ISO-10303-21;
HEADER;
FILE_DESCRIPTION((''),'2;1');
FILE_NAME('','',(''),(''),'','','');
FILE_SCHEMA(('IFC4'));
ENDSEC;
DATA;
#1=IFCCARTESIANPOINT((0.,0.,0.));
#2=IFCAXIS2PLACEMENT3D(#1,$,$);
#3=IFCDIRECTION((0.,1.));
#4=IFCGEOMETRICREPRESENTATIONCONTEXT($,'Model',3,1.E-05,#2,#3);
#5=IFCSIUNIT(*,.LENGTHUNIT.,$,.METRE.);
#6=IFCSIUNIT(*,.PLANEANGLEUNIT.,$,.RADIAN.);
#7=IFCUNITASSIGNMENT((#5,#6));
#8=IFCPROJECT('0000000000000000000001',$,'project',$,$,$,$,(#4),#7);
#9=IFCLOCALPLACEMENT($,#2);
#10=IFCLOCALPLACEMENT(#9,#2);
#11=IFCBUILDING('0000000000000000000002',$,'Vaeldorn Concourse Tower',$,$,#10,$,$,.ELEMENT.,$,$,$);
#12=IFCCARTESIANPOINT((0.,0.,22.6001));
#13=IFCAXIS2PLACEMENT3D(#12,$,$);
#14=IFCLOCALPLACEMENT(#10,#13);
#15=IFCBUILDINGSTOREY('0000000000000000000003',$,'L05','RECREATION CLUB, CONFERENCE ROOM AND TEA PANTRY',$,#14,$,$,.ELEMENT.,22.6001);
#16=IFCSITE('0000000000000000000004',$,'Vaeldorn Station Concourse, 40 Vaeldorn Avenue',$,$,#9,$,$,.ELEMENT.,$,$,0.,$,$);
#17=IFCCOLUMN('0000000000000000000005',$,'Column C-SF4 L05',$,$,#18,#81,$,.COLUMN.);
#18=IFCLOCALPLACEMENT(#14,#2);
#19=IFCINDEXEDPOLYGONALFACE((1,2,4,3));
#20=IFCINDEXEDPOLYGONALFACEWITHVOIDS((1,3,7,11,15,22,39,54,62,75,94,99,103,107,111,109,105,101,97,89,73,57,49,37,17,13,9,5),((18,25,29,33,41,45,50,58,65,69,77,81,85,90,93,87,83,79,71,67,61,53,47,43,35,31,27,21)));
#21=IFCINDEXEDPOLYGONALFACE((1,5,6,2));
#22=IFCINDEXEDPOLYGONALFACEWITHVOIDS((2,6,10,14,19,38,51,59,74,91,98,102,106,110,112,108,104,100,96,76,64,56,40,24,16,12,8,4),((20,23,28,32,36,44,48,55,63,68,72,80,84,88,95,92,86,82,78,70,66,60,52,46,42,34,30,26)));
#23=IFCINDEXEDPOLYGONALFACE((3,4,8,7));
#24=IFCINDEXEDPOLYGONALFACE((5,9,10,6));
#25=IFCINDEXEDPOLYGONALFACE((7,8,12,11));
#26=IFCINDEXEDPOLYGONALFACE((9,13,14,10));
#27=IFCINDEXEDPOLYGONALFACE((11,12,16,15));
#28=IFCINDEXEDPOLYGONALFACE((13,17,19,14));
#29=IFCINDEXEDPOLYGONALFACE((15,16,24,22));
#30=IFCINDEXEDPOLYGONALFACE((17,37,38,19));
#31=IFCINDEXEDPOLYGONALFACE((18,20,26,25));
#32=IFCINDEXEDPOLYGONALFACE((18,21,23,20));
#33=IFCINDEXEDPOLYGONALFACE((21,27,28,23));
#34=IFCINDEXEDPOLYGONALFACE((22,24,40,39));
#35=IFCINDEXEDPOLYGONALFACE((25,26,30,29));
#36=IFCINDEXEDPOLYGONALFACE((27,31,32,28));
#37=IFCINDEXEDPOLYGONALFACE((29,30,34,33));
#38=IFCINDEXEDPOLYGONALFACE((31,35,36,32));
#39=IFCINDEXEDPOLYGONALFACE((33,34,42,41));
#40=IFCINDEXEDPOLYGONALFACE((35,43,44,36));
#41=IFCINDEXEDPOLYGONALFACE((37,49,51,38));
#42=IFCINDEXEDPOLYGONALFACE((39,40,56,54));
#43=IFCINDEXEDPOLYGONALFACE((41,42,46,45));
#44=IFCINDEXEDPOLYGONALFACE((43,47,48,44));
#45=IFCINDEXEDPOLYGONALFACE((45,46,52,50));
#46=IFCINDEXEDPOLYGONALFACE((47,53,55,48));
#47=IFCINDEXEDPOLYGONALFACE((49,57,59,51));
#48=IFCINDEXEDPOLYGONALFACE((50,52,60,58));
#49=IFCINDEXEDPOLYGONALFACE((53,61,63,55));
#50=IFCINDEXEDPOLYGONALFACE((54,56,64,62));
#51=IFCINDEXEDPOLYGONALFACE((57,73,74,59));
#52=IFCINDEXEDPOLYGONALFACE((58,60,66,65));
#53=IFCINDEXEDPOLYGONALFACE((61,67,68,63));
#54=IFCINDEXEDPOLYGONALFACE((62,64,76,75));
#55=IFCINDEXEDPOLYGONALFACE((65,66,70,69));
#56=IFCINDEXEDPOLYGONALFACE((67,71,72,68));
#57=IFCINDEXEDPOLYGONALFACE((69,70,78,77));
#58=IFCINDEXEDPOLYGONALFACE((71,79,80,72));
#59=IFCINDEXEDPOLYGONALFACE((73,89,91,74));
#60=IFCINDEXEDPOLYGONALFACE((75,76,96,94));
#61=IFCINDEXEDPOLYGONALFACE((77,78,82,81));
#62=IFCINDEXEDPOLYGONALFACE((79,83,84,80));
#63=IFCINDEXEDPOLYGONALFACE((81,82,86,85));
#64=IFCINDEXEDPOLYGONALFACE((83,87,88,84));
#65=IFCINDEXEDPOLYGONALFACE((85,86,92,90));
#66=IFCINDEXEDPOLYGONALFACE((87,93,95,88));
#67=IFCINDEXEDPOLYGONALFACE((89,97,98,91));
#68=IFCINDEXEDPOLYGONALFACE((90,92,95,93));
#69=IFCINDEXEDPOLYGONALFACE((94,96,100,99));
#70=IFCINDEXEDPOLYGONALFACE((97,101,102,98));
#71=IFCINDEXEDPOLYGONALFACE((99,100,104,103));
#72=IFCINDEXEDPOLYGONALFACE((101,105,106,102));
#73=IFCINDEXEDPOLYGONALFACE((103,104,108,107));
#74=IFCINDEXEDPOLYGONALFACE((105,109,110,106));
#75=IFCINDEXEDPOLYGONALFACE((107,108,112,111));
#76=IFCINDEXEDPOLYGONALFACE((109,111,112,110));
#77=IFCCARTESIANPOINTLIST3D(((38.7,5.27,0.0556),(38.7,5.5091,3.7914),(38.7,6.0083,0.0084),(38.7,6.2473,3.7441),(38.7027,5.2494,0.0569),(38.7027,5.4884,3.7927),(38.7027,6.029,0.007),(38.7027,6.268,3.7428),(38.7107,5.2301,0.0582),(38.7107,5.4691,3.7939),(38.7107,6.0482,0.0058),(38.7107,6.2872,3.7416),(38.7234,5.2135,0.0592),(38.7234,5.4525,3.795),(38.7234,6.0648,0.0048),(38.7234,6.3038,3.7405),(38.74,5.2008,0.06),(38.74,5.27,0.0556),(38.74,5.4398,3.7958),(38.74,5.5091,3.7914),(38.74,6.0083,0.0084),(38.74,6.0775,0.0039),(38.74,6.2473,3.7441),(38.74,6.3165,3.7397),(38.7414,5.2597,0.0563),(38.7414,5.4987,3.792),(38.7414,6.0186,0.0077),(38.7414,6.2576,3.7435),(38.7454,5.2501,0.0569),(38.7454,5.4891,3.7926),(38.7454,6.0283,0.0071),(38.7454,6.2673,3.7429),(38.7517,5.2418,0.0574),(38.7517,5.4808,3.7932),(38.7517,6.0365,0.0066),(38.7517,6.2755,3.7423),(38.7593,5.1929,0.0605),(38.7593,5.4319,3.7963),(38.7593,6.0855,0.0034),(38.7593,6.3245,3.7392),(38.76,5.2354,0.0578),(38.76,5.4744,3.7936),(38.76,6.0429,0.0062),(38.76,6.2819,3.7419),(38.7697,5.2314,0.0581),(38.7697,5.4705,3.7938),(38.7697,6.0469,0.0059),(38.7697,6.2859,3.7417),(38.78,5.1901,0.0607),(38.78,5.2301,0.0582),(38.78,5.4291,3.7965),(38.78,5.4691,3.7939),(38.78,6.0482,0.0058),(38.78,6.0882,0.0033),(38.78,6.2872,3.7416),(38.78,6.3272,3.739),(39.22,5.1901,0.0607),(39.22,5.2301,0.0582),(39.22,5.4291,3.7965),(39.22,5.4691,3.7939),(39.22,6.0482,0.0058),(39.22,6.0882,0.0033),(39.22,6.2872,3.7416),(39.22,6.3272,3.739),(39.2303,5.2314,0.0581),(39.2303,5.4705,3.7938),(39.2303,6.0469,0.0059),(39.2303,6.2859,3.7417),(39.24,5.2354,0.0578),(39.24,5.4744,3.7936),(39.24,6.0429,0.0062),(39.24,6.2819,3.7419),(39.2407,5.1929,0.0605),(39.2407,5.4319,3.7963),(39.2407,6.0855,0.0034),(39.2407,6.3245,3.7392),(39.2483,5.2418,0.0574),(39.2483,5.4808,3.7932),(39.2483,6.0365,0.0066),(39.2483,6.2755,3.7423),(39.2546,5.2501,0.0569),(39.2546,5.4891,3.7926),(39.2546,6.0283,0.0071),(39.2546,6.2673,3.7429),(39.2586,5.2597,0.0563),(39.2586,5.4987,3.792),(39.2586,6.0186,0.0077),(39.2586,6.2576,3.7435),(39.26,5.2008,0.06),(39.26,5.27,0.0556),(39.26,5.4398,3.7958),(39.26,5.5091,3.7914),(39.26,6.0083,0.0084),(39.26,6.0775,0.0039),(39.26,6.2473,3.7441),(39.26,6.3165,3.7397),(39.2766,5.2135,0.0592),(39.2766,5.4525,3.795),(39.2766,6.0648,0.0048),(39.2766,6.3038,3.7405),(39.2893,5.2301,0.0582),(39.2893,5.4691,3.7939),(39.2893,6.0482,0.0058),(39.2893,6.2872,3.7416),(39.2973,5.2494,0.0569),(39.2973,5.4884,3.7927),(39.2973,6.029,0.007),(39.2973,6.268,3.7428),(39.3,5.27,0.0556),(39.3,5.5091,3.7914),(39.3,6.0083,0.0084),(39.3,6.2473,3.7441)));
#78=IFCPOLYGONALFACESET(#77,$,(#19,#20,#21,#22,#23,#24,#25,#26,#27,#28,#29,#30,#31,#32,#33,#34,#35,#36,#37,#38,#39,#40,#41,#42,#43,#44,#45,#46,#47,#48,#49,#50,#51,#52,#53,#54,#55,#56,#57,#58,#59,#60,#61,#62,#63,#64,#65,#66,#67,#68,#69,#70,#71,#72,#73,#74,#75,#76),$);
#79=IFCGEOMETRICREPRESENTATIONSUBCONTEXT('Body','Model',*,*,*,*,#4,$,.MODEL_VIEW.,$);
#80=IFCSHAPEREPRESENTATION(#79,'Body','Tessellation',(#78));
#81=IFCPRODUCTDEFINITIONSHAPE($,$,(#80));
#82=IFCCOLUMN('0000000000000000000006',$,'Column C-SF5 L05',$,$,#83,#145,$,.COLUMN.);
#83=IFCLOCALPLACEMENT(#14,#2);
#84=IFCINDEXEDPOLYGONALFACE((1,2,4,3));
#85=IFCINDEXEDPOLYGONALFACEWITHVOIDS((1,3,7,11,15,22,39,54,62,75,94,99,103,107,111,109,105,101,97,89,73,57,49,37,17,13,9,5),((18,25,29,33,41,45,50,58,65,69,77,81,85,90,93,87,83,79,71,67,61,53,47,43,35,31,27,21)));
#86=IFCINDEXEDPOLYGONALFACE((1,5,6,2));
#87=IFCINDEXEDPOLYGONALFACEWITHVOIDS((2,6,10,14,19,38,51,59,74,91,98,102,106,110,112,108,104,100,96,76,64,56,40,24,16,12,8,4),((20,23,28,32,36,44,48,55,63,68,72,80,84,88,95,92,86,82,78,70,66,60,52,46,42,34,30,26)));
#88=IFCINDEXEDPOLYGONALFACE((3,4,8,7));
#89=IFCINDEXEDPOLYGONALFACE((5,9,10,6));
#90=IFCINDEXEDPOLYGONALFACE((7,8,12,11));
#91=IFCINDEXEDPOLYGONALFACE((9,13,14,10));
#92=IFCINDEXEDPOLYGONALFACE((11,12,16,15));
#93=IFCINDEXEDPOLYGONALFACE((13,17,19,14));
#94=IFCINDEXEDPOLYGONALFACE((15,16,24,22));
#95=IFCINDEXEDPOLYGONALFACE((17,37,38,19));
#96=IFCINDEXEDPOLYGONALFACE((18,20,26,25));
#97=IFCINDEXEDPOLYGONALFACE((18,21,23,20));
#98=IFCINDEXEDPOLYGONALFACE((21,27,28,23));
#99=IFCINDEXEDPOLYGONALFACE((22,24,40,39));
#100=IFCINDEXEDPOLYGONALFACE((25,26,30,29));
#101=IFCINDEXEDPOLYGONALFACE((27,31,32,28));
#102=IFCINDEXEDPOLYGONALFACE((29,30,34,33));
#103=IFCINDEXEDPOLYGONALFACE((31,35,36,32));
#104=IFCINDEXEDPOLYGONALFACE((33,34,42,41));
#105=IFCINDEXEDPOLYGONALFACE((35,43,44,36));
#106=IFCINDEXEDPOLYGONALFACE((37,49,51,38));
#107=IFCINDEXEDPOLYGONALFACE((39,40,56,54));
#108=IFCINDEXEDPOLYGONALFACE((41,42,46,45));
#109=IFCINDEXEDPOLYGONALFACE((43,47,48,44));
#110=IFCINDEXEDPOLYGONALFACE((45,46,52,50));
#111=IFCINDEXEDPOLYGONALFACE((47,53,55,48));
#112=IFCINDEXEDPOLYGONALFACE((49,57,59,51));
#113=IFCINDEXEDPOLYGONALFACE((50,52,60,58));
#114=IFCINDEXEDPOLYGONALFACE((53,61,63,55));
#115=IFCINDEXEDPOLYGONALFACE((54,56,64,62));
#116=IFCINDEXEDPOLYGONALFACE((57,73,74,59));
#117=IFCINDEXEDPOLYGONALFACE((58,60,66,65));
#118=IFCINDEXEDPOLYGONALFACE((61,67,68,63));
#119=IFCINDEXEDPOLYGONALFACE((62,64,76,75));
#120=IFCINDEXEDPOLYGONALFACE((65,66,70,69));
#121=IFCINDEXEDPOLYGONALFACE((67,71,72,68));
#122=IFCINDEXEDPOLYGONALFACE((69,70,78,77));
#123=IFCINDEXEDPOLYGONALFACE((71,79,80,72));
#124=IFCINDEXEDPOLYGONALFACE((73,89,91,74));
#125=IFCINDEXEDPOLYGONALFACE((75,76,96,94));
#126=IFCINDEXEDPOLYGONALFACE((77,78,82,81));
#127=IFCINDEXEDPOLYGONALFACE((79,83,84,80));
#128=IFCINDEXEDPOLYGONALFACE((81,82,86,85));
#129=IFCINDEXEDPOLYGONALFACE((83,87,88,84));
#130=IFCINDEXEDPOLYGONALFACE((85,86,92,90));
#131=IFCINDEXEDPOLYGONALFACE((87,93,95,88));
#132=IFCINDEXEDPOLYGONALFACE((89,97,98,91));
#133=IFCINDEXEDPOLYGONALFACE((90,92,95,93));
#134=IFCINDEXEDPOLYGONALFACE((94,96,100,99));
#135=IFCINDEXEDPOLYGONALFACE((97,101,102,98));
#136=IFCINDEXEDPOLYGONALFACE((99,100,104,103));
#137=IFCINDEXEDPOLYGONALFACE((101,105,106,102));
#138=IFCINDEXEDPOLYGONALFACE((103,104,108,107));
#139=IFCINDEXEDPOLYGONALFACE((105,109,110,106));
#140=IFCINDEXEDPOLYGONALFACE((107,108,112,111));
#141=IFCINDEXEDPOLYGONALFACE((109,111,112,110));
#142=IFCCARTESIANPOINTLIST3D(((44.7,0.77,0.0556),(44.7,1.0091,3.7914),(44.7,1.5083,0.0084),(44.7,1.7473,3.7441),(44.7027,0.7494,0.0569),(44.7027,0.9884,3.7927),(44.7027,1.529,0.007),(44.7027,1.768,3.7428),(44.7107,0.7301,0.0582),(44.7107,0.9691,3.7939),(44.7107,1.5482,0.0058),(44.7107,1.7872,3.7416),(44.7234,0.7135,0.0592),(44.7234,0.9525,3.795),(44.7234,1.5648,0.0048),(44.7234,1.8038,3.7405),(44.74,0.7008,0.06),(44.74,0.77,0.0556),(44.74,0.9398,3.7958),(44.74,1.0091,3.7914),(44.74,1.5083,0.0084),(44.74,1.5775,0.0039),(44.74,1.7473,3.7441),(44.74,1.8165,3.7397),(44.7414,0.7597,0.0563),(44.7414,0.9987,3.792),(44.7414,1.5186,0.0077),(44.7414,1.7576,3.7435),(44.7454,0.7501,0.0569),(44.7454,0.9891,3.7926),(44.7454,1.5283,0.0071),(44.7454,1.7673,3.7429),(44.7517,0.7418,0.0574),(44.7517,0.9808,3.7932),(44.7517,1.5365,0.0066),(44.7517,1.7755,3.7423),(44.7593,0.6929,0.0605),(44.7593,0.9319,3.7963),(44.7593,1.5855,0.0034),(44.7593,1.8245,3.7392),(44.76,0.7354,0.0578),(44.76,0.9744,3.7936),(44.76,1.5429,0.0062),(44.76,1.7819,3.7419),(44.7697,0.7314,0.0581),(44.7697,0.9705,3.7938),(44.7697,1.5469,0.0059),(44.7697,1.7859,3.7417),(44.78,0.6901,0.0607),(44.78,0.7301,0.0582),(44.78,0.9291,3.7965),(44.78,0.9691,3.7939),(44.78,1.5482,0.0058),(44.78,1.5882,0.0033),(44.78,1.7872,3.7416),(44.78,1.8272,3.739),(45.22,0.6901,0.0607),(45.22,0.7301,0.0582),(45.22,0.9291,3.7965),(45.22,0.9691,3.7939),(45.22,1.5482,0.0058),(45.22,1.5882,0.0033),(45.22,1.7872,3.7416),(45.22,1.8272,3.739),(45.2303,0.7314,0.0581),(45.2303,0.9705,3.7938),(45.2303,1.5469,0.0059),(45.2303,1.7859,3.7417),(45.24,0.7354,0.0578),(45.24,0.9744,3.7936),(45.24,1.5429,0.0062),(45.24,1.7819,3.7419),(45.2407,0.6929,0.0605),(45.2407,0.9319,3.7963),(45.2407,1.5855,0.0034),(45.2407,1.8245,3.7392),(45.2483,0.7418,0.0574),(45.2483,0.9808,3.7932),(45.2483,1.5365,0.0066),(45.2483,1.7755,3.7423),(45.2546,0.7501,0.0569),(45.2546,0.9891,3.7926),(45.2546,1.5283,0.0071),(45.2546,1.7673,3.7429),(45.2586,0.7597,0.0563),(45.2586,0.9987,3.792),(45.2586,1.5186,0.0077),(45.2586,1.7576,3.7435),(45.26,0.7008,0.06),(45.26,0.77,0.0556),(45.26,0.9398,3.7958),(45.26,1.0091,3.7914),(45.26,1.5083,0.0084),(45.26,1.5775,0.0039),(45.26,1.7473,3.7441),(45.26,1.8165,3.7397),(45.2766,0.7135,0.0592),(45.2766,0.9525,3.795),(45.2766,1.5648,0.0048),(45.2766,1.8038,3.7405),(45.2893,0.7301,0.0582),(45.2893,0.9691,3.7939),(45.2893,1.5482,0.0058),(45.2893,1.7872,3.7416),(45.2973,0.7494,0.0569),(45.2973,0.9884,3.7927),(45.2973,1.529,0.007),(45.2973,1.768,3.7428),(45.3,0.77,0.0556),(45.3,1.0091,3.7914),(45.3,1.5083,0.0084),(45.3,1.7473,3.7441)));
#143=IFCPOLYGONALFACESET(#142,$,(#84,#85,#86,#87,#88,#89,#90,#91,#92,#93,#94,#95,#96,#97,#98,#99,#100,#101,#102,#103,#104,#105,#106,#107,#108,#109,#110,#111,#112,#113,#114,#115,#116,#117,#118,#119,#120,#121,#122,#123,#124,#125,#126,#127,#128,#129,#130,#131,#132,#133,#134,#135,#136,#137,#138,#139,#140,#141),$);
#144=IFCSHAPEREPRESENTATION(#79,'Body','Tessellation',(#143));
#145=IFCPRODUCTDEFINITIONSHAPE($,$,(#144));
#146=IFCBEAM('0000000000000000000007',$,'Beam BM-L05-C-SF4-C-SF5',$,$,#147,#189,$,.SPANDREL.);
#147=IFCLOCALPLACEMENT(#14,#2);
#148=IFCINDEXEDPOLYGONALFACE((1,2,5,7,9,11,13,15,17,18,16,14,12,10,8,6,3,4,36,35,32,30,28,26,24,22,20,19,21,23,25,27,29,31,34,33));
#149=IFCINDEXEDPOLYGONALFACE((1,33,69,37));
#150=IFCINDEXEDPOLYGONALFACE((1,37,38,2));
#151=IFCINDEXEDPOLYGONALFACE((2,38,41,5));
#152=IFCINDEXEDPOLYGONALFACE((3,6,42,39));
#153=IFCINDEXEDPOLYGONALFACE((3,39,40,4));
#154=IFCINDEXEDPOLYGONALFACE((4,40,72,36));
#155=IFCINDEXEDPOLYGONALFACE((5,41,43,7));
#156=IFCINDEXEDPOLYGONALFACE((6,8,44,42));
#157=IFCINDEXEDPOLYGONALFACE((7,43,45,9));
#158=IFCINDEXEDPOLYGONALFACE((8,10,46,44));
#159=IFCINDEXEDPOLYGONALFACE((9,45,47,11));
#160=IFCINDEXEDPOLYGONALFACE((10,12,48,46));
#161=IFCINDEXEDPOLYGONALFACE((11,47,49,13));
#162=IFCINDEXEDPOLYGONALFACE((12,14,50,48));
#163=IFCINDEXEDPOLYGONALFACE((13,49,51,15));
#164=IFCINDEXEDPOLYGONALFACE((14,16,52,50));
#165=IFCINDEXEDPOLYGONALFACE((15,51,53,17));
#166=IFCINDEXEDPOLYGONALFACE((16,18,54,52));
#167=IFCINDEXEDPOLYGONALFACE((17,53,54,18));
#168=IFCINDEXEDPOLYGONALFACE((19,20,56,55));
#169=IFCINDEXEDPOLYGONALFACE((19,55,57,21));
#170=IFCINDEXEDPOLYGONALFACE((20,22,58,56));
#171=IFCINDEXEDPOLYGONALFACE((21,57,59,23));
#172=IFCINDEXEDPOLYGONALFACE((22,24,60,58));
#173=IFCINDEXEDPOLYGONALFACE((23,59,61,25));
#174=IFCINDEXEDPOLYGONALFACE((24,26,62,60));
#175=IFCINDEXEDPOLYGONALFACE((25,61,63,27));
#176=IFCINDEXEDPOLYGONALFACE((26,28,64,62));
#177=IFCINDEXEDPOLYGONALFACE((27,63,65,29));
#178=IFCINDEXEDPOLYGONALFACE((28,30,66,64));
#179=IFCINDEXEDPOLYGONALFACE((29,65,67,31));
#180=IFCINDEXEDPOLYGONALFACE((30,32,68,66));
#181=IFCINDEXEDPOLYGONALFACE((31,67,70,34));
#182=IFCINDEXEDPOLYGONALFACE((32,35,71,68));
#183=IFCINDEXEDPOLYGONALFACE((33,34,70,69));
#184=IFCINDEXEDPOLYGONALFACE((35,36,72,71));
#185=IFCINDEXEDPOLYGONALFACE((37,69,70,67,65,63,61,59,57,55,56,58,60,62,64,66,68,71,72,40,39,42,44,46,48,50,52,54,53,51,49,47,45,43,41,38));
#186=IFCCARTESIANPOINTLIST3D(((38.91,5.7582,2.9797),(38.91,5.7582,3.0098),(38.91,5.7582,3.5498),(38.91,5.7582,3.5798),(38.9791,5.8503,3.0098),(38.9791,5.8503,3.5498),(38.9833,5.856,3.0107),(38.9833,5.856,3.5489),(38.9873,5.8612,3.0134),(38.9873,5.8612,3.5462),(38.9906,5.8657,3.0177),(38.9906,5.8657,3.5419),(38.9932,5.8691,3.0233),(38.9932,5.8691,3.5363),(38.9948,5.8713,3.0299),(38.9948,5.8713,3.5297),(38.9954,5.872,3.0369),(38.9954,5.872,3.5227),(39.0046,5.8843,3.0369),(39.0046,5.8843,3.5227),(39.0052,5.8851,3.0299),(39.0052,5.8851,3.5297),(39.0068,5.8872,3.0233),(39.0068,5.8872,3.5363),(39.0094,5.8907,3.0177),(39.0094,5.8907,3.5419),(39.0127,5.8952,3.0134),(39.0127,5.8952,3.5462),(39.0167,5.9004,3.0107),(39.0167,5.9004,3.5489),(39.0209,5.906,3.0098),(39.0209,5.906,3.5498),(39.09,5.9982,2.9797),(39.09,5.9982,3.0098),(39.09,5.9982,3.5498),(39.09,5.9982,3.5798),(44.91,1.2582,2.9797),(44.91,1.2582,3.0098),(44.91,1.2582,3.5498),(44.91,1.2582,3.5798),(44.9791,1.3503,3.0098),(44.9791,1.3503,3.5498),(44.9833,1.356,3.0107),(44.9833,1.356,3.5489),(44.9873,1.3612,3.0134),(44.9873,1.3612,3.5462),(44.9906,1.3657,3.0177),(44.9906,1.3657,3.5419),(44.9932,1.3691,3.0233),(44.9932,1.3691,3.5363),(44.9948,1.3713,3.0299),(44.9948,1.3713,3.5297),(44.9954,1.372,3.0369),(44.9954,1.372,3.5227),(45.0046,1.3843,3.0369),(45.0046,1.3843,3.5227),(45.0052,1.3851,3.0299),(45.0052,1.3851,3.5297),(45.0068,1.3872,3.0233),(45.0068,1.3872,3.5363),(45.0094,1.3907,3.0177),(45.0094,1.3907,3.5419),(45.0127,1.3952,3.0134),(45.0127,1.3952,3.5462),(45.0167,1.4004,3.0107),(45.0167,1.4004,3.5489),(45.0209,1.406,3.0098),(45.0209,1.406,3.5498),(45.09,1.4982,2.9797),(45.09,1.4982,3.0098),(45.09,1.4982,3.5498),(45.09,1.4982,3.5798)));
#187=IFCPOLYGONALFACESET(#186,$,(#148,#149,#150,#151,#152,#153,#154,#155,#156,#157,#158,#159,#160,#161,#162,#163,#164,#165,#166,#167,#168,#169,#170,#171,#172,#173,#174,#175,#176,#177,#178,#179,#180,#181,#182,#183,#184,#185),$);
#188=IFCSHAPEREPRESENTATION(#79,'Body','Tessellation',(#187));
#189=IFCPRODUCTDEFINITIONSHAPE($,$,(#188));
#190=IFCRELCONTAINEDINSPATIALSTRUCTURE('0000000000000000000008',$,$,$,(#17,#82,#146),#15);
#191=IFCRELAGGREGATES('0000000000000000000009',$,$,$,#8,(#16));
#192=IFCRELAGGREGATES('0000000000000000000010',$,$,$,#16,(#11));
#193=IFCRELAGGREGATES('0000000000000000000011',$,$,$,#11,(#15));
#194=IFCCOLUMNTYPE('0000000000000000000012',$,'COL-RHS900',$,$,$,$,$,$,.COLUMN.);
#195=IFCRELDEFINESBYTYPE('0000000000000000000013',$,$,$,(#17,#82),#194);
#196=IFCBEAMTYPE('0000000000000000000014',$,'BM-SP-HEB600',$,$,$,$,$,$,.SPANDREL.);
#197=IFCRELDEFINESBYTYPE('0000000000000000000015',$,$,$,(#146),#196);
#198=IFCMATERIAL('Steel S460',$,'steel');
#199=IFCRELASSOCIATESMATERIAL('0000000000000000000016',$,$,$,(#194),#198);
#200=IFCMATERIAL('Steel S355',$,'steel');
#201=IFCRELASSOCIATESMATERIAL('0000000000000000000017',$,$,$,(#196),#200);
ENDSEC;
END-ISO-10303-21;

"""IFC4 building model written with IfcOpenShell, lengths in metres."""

from ifc_helpers import new_model, si_unit, direction, frame, origin, origin_2d, place, context, subcontext, project, spatial, hollow_rectangle, i_section, extrude, source, transform, mapped, material, material_profile, profile_set, type_object, element, save


model = new_model("IFC4")

# Units and contexts
model_context = context("Model", 3, precision=1e-05, world=origin(), true_north=direction((0.0, 1.0)))
body_context = subcontext(model_context, "Body", "Model", "MODEL_VIEW")
ifc_project = project(units=[si_unit("LENGTHUNIT", "METRE"), si_unit("PLANEANGLEUNIT", "RADIAN")], contexts=[model_context])

# Site, building, storey
site_placement = place(None, origin())
site = spatial("IfcSite", under=ifc_project, at=site_placement, Name="Vaeldorn Station Concourse, 40 Vaeldorn Avenue", CompositionType="ELEMENT", RefElevation=0.0)
building_placement = place(site_placement, origin())
building = spatial("IfcBuilding", under=site, at=building_placement, Name="Vaeldorn Concourse Tower", CompositionType="ELEMENT")
storey_placement = place(building_placement, frame((0.0, 0.0, 22.6001)))
storey = spatial("IfcBuildingStorey", under=building, at=storey_placement, Name="L05", Description="RECREATION CLUB, CONFERENCE ROOM AND TEA PANTRY", CompositionType="ELEMENT", Elevation=22.6001)

# Columns
ifc_material_1 = material(Name="Steel S460", Category="steel")
ifc_material_profile_1 = material_profile(ifc_material_1, hollow_rectangle(XDim=0.6001, YDim=0.8999, WallThickness=0.04, InnerFilletRadius=0.04, OuterFilletRadius=0.0801, at=origin_2d()), Name="RHS 900x600x40")
ifc_profile_set_1 = profile_set([ifc_material_profile_1], Name="Steel S460")
column_type = type_object("IfcColumnType", Name="COL-RHS900", PredefinedType="COLUMN", material=ifc_profile_set_1)
shared_shape_1 = source(origin(), body_context, "Body", "SweptSolid", [
    extrude(hollow_rectangle(XDim=0.6001, YDim=0.8999, WallThickness=0.04, InnerFilletRadius=0.04, OuterFilletRadius=0.0801, at=origin_2d()), origin(), (0.0, 0.0, 1.0), 3.7434),
])
for number, where, z_axis, x_axis, name in (
    (1, (39.0, 5.6392, 0.032), (0.0, 0.063848, 0.99796), (-1.0, 0.0, 0.0), "Column C-SF4 L05"),
    (2, (45.0, 1.1392, 0.032), (0.0, 0.063848, 0.99796), (-1.0, 0.0, 0.0), "Column C-SF5 L05"),
):
    element("IfcColumn", number, at=place(storey_placement, frame(where, z_axis=z_axis, x_axis=x_axis)), inside=storey, type_object=column_type, Name=name, PredefinedType="COLUMN", context=body_context, shape_type="MappedRepresentation", body=[
        mapped(shared_shape_1, transform((0.0, 0.0, 0.0), scale=1.0)),
    ])

# Beam
ifc_material_2 = material(Name="Steel S355", Category="steel")
ifc_material_profile_2 = material_profile(ifc_material_2, i_section(OverallWidth=0.3, OverallDepth=0.6001, WebThickness=0.0154, FlangeThickness=0.03, FilletRadius=0.0271, at=origin_2d()), Name="HEB 600")
ifc_profile_set_2 = profile_set([ifc_material_profile_2], Name="Steel S355")
beam_type_1 = type_object("IfcBeamType", Name="BM-SP-HEB600", PredefinedType="SPANDREL", material=ifc_profile_set_2)
shared_shape_2 = source(origin(), body_context, "Body", "SweptSolid", [
    extrude(i_section(OverallWidth=0.3, OverallDepth=0.6001, WebThickness=0.0154, FlangeThickness=0.03, FilletRadius=0.0271, at=origin_2d()), origin(), (0.0, 0.0, 1.0), 7.5),
])
beam_1_placement = place(storey_placement, frame((39.0, 5.8782, 3.2798), z_axis=(0.8, -0.6, 0.0), x_axis=(0.6, 0.8, 0.0)))
element("IfcBeam", 3, at=beam_1_placement, inside=storey, type_object=beam_type_1, Name="Beam BM-L05-C-SF4-C-SF5", PredefinedType="SPANDREL", context=body_context, shape_type="MappedRepresentation", body=[
    mapped(shared_shape_2, transform((0.0, 0.0, 0.0), scale=1.0)),
])

save(model, "model.ifc")
